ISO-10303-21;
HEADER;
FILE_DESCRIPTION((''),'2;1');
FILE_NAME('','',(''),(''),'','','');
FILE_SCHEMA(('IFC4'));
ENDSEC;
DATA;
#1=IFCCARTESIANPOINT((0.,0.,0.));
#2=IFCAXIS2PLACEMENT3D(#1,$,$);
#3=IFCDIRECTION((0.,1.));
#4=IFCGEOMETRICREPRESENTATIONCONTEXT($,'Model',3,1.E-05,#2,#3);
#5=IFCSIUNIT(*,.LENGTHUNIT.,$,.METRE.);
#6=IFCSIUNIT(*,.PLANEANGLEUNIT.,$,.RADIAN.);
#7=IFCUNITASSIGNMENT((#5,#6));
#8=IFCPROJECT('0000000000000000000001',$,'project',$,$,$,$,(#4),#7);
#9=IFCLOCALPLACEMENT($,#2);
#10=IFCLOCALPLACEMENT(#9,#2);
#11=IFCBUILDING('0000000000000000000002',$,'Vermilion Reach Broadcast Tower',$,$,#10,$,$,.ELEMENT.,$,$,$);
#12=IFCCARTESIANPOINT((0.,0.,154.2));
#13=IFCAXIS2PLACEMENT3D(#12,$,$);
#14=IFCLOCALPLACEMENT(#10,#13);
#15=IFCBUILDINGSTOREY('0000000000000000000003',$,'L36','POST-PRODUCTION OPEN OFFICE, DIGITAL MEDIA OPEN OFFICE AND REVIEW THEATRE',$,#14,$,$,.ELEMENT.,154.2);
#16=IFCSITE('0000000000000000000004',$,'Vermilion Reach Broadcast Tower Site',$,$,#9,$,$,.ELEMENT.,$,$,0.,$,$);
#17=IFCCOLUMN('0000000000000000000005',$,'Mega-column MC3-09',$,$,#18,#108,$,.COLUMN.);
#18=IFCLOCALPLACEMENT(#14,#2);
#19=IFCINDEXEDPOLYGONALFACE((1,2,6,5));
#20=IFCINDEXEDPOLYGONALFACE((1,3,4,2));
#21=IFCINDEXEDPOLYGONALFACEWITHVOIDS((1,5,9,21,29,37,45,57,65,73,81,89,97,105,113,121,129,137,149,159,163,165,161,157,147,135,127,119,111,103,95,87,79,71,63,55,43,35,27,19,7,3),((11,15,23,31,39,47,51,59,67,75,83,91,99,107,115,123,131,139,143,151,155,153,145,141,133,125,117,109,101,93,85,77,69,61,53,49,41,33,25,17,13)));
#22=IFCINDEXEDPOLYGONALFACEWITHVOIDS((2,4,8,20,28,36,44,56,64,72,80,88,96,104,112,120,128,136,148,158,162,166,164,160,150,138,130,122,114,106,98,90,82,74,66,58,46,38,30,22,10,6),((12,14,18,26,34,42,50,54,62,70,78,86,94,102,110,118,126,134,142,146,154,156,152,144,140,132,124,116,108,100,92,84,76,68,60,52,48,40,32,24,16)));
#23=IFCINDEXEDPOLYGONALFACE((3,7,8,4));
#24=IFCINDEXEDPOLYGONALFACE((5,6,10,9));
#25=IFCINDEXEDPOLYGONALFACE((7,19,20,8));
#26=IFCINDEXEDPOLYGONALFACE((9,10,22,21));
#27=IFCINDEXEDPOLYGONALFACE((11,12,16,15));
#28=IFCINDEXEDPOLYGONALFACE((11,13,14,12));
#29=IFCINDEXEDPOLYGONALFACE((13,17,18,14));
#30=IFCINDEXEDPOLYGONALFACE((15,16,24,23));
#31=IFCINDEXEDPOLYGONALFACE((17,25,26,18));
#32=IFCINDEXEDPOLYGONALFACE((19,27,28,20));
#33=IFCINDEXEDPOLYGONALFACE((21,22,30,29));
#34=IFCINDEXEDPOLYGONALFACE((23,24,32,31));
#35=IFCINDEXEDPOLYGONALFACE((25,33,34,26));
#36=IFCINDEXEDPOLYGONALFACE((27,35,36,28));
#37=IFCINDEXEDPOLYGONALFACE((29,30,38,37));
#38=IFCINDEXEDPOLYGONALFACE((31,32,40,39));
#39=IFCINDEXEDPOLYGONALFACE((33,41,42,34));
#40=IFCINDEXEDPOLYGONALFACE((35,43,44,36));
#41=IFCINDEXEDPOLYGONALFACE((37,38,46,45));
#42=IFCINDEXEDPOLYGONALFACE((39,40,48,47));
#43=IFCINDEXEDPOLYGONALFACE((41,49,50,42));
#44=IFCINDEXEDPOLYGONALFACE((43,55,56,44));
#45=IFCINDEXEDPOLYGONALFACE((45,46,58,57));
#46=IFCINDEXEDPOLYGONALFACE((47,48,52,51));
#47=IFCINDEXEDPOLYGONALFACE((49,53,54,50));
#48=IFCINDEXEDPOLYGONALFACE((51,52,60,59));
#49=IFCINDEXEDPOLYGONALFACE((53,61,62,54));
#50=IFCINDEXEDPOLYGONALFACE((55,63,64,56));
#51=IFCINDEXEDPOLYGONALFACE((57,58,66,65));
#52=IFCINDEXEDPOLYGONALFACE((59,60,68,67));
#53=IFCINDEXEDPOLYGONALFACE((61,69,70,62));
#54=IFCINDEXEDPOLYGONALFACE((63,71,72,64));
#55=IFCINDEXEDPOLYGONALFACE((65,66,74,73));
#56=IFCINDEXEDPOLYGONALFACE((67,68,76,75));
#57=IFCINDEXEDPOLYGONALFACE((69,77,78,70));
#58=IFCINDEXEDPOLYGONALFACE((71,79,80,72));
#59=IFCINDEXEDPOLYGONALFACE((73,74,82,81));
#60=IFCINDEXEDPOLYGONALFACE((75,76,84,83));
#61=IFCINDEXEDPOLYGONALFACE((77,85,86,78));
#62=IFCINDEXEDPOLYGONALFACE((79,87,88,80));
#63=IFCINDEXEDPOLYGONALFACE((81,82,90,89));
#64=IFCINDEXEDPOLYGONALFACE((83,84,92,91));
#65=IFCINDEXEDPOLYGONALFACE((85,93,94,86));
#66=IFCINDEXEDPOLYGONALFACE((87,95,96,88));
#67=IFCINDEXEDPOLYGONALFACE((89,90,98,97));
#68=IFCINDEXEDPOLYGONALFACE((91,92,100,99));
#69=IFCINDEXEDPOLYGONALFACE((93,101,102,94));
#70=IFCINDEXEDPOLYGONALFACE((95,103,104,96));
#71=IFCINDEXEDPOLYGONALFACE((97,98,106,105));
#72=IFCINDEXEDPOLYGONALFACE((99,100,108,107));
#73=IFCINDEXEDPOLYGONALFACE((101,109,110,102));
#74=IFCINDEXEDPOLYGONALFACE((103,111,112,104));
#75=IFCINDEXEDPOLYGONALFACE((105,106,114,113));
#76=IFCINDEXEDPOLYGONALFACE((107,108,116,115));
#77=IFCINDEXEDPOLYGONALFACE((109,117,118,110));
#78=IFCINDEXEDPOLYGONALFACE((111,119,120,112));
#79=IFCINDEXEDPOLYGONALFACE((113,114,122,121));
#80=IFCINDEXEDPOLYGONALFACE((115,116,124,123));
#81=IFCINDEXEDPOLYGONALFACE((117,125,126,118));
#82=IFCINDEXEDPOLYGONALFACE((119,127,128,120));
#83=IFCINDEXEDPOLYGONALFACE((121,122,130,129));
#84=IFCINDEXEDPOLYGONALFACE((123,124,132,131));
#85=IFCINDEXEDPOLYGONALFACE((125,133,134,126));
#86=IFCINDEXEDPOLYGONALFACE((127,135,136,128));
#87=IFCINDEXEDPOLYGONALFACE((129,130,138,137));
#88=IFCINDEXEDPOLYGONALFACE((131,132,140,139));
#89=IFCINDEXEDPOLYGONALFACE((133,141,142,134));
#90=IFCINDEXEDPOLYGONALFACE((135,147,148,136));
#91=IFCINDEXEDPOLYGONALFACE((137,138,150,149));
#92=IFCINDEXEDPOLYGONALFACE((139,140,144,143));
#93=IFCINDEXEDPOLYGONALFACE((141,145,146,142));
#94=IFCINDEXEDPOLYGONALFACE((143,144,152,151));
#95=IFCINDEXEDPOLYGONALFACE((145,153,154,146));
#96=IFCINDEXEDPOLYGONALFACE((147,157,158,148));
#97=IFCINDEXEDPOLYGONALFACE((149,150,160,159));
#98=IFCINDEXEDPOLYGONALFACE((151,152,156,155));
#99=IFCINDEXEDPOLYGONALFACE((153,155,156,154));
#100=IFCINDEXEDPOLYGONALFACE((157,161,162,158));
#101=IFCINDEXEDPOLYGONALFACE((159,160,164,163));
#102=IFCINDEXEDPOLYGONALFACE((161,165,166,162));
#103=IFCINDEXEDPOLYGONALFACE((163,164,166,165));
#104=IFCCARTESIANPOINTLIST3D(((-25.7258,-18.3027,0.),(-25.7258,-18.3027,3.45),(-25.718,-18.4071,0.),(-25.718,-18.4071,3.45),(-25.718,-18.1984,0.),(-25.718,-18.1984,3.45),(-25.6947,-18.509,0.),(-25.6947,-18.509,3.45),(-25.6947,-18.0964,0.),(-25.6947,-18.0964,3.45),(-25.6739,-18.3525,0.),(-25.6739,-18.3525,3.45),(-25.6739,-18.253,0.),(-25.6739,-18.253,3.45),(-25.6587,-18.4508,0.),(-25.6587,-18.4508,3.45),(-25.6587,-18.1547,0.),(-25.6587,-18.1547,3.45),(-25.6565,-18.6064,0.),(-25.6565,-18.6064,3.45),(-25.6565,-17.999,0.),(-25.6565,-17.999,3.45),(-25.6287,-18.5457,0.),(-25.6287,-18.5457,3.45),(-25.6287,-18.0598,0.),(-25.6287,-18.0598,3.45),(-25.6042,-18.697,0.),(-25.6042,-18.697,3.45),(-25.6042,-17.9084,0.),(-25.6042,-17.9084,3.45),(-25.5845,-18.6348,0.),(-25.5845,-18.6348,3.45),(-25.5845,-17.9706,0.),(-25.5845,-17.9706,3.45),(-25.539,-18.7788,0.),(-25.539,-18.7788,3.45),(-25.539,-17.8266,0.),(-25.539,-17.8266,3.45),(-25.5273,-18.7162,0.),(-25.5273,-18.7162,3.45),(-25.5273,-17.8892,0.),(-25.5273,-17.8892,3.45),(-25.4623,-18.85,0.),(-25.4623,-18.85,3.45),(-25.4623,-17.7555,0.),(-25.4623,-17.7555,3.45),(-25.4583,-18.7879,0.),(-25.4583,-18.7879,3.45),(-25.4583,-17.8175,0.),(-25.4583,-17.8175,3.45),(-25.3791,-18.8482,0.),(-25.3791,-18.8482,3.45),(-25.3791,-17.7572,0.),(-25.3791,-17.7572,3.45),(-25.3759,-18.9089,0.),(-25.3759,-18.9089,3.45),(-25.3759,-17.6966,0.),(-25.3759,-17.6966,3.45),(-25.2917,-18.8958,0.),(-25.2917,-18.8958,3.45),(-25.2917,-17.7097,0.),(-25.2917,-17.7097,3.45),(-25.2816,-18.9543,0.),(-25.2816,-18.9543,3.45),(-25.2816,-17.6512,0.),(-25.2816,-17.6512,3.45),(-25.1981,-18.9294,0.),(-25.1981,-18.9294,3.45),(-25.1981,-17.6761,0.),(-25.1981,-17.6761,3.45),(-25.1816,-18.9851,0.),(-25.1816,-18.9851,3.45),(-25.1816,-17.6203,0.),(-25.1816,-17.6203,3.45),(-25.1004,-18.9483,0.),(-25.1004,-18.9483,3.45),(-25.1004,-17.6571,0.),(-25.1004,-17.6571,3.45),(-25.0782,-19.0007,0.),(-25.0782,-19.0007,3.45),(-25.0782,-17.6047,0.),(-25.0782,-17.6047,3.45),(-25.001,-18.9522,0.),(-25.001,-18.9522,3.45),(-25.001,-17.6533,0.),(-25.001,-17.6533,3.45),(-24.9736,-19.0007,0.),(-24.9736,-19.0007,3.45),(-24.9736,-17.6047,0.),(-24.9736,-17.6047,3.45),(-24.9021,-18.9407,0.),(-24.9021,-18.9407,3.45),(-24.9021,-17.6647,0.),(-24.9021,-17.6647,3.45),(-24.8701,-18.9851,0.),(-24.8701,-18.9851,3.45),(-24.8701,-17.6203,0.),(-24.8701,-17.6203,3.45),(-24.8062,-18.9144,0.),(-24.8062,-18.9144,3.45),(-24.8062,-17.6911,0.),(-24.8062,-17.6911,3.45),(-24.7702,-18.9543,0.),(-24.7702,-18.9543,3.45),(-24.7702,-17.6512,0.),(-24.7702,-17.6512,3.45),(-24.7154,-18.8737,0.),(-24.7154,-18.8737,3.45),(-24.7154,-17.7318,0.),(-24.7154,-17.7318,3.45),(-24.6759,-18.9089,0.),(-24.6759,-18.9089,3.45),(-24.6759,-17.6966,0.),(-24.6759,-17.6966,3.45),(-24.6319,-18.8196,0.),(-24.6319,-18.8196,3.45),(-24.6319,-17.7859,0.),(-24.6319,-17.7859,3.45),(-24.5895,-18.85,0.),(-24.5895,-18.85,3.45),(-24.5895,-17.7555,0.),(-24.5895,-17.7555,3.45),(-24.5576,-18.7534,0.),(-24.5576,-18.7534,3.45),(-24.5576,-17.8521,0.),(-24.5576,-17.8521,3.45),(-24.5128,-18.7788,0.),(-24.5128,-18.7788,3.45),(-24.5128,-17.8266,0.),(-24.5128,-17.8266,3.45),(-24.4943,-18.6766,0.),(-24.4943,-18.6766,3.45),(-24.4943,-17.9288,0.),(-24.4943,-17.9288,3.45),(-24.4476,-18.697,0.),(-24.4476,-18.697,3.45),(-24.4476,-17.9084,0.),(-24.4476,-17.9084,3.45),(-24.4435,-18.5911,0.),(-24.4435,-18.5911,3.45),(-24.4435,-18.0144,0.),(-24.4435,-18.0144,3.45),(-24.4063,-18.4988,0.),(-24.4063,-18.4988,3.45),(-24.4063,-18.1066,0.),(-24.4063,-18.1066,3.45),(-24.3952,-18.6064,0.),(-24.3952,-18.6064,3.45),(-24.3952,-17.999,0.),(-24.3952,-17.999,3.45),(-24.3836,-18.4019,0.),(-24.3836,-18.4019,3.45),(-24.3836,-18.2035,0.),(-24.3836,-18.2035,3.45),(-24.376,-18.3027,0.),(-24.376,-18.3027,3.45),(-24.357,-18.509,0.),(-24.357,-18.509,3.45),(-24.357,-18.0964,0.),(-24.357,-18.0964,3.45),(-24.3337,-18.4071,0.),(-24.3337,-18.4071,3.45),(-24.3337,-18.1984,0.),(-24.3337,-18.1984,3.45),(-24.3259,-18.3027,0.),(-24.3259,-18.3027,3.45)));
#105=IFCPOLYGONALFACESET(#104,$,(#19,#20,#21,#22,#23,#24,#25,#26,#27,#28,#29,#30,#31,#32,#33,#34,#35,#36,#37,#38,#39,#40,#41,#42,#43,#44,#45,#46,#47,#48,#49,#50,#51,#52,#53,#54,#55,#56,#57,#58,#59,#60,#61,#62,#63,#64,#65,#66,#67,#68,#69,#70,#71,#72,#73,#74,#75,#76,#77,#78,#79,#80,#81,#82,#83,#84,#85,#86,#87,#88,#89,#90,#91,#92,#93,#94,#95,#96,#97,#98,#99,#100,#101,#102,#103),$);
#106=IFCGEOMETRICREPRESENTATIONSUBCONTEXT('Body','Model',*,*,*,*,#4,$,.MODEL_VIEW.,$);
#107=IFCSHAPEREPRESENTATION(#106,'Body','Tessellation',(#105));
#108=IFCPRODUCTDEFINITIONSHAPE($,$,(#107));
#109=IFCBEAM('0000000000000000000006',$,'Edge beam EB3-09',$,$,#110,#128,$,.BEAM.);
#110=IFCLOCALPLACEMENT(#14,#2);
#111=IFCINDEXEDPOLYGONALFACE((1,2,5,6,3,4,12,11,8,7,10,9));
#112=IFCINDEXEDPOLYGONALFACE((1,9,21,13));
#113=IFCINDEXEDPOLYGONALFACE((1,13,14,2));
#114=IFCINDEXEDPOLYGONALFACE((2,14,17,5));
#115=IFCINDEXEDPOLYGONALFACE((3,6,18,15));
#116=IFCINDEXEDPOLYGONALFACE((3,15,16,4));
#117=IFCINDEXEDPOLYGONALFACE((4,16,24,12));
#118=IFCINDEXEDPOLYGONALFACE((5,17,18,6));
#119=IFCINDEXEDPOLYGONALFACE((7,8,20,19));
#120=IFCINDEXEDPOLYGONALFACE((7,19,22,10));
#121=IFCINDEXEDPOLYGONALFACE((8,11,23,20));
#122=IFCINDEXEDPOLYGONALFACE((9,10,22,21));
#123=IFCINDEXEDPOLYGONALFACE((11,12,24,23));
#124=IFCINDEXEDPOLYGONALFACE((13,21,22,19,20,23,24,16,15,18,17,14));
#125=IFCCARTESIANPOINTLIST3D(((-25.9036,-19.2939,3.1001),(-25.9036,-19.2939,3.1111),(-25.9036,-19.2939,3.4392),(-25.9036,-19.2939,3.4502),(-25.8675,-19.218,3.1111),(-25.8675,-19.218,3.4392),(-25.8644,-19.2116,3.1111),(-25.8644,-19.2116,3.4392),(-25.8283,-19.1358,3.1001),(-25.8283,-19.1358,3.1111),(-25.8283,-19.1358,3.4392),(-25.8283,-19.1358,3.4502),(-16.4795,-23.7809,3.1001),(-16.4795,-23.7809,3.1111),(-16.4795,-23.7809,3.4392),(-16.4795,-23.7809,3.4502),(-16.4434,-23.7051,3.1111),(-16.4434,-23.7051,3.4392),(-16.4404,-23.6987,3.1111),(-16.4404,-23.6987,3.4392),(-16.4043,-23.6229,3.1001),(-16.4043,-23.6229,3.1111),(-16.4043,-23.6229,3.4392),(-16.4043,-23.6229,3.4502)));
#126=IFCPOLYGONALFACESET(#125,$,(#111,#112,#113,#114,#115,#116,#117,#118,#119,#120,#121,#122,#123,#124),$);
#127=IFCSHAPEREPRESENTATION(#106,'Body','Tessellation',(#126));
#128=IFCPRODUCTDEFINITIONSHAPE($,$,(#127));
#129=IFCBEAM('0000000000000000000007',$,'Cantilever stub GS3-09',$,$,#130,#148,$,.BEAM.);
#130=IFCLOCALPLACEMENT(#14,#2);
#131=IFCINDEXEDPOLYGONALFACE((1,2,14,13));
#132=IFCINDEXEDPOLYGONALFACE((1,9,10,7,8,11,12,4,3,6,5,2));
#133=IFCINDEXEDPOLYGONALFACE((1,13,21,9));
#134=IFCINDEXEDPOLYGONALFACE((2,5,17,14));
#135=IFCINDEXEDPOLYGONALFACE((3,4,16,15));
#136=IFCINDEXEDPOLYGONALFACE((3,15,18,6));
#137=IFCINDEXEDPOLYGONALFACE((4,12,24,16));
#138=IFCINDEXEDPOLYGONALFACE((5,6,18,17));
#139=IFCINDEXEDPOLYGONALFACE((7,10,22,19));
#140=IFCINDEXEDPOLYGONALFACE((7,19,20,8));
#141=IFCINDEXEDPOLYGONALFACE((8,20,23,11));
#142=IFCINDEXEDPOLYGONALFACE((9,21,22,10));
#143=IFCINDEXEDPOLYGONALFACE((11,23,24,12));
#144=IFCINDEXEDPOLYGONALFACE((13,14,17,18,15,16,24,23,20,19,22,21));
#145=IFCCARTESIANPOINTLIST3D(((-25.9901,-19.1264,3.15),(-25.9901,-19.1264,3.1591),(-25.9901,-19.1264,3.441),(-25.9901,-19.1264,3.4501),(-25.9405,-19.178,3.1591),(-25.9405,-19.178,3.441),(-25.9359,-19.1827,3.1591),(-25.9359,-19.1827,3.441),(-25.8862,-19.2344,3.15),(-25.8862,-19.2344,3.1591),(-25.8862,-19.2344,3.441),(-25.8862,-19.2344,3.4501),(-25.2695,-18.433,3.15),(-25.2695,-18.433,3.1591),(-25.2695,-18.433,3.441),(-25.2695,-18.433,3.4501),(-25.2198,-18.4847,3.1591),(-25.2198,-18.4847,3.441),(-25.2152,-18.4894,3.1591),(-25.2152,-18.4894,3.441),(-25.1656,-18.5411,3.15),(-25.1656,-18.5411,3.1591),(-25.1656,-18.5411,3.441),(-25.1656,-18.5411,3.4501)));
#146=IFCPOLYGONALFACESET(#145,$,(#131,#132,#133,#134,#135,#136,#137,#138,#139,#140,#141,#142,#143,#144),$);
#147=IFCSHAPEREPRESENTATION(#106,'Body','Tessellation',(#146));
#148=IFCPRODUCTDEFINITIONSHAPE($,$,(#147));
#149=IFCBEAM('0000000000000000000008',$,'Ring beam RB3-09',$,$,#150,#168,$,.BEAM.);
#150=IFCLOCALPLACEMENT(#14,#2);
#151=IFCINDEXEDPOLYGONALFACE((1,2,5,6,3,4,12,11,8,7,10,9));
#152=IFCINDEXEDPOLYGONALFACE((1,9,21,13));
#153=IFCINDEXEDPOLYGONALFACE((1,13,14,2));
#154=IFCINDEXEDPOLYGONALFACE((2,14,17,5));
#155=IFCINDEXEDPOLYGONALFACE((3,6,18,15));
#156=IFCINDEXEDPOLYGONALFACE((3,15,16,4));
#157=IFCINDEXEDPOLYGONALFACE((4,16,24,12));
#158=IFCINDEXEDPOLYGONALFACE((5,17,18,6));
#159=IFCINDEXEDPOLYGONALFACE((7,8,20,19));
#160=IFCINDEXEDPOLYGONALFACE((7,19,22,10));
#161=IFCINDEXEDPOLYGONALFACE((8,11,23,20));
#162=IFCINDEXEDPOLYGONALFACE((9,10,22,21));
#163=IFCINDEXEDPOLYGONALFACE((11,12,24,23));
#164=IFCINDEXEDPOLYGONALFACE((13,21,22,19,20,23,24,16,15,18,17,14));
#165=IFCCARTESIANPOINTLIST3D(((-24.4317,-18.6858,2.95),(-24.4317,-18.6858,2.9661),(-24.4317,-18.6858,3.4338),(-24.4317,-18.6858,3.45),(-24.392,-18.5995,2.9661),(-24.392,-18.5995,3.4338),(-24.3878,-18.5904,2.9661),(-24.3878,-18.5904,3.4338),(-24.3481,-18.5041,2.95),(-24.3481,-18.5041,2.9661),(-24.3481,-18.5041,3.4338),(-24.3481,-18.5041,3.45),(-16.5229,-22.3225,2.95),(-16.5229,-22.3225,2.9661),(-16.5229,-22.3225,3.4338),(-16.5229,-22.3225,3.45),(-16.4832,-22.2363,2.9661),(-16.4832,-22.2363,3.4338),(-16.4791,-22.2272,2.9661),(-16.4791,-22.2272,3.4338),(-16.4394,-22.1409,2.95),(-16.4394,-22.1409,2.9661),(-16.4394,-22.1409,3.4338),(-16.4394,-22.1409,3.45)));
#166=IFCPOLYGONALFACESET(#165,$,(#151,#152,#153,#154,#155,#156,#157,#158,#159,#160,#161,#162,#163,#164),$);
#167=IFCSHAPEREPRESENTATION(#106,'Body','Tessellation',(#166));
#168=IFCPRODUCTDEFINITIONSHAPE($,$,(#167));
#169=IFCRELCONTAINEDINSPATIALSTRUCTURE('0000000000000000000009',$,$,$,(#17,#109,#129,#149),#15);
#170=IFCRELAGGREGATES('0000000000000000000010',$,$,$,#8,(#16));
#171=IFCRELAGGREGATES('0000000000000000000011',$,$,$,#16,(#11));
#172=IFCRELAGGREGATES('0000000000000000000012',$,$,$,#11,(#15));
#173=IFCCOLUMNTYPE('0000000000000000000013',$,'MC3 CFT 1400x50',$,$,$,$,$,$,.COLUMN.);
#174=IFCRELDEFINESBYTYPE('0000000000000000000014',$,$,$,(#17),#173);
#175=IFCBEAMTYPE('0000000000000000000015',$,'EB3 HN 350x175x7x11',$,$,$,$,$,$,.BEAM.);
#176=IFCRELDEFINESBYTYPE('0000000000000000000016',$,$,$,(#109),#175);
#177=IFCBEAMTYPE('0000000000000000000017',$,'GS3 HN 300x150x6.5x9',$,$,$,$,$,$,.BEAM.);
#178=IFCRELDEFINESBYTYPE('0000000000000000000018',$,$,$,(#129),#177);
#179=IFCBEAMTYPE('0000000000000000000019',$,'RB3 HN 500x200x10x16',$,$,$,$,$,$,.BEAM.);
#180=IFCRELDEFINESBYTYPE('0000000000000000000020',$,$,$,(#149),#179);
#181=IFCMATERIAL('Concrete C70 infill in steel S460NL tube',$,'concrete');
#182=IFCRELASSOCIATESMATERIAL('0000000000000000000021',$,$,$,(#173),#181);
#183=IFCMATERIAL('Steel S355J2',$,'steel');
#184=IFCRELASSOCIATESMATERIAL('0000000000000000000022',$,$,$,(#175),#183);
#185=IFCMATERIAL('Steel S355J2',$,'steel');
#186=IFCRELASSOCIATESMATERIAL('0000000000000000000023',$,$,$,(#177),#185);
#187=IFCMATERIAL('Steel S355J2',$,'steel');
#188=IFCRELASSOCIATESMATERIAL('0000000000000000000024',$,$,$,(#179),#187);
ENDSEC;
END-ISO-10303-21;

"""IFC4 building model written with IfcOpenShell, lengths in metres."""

from ifc_helpers import new_model, si_unit, direction, frame, origin, origin_2d, place, context, subcontext, project, spatial, hollow_circle, i_section, extrude, material, material_profile, profile_set, type_object, element, save


model = new_model("IFC4")

# Units and contexts
model_context = context("Model", 3, precision=1e-05, world=origin(), true_north=direction((0.0, 1.0)))
body_context = subcontext(model_context, "Body", "Model", "MODEL_VIEW")
ifc_project = project(units=[si_unit("LENGTHUNIT", "METRE"), si_unit("PLANEANGLEUNIT", "RADIAN")], contexts=[model_context])

# Site, building, storey
site_placement = place(None, origin())
site = spatial("IfcSite", under=ifc_project, at=site_placement, Name="Vermilion Reach Broadcast Tower Site", CompositionType="ELEMENT", RefElevation=0.0)
building_placement = place(site_placement, origin())
building = spatial("IfcBuilding", under=site, at=building_placement, Name="Vermilion Reach Broadcast Tower", CompositionType="ELEMENT")
storey_placement = place(building_placement, frame((0.0, 0.0, 154.2)))
storey = spatial("IfcBuildingStorey", under=building, at=storey_placement, Name="L36", Description="POST-PRODUCTION OPEN OFFICE, DIGITAL MEDIA OPEN OFFICE AND REVIEW THEATRE", CompositionType="ELEMENT", Elevation=154.2)

# Column
ifc_material_1 = material(Name="Concrete C70 infill in steel S460NL tube", Category="concrete")
ifc_material_profile_1 = material_profile(ifc_material_1, hollow_circle(Radius=0.7, WallThickness=0.05, at=origin_2d()), Name="Concrete C70 infill in steel S460NL tube CFT 1400x50")
ifc_profile_set_1 = profile_set([ifc_material_profile_1], Name="Concrete C70 infill in steel S460NL tube")
column_type = type_object("IfcColumnType", Name="MC3 CFT 1400x50", PredefinedType="COLUMN", material=ifc_profile_set_1)
column_placement = place(storey_placement, frame((-25.0259, -18.3027, 0.0), z_axis=(0.0, 0.0, 1.0), x_axis=(1.0, 0.0, 0.0)))
element("IfcColumn", 1, at=column_placement, inside=storey, type_object=column_type, Name="Mega-column MC3-09", PredefinedType="COLUMN", context=body_context, shape_type="SweptSolid", body=[
    extrude(hollow_circle(Radius=0.7, WallThickness=0.05, at=origin_2d()), origin(), (0.0, 0.0, 1.0), 3.45),
])

# Beams
ifc_material_2 = material(Name="Steel S355J2", Category="steel")
ifc_material_profile_2 = material_profile(ifc_material_2, i_section(OverallWidth=0.175, OverallDepth=0.3501, WebThickness=0.0071, FlangeThickness=0.011, at=origin_2d()), Name="S355J2 HN 350x175x7x11")
ifc_profile_set_2 = profile_set([ifc_material_profile_2], Name="Steel S355J2")
beam_type_1 = type_object("IfcBeamType", Name="EB3 HN 350x175x7x11", PredefinedType="BEAM", material=ifc_profile_set_2)
beam_1_placement = place(storey_placement, frame((-25.866, -19.2148, 3.2751), z_axis=(0.902883, -0.429887, 0.0), x_axis=(0.429887, 0.902883, 0.0)))
element("IfcBeam", 2, at=beam_1_placement, inside=storey, type_object=beam_type_1, Name="Edge beam EB3-09", PredefinedType="BEAM", context=body_context, shape_type="SweptSolid", body=[
    extrude(i_section(OverallWidth=0.175, OverallDepth=0.3501, WebThickness=0.0071, FlangeThickness=0.011, at=origin_2d()), origin(), (0.0, 0.0, 1.0), 10.4377),
])
ifc_material_3 = material(Name="Steel S355J2", Category="steel")
ifc_material_profile_3 = material_profile(ifc_material_3, i_section(OverallWidth=0.1499, OverallDepth=0.3, WebThickness=0.0066, FlangeThickness=0.009, at=origin_2d()), Name="S355J2 HN 300x150x6.5x9")
ifc_profile_set_3 = profile_set([ifc_material_profile_3], Name="Steel S355J2")
beam_type_2 = type_object("IfcBeamType", Name="GS3 HN 300x150x6.5x9", PredefinedType="BEAM", material=ifc_profile_set_3)
beam_2_placement = place(storey_placement, frame((-25.2175, -18.4871, 3.3), z_axis=(-0.720645, -0.693304, 0.0), x_axis=(0.693304, -0.720645, 0.0)))
element("IfcBeam", 3, at=beam_2_placement, inside=storey, type_object=beam_type_2, Name="Cantilever stub GS3-09", PredefinedType="BEAM", context=body_context, shape_type="SweptSolid", body=[
    extrude(i_section(OverallWidth=0.1499, OverallDepth=0.3, WebThickness=0.0066, FlangeThickness=0.009, at=origin_2d()), origin(), (0.0, 0.0, 1.0), 1.0),
])
ifc_material_4 = material(Name="Steel S355J2", Category="steel")
ifc_material_profile_4 = material_profile(ifc_material_4, i_section(OverallWidth=0.2, OverallDepth=0.5, WebThickness=0.01, FlangeThickness=0.0161, at=origin_2d()), Name="S355J2 HN 500x200x10x16")
ifc_profile_set_4 = profile_set([ifc_material_profile_4], Name="Steel S355J2")
beam_type_3 = type_object("IfcBeamType", Name="RB3 HN 500x200x10x16", PredefinedType="BEAM", material=ifc_profile_set_4)
beam_3_placement = place(storey_placement, frame((-24.3899, -18.595, 3.2), z_axis=(0.908546, -0.417784, 0.0), x_axis=(0.417784, 0.908546, 0.0)))
element("IfcBeam", 4, at=beam_3_placement, inside=storey, type_object=beam_type_3, Name="Ring beam RB3-09", PredefinedType="BEAM", context=body_context, shape_type="SweptSolid", body=[
    extrude(i_section(OverallWidth=0.2, OverallDepth=0.5, WebThickness=0.01, FlangeThickness=0.0161, at=origin_2d()), origin(), (0.0, 0.0, 1.0), 8.7048),
])

save(model, "model.ifc")
